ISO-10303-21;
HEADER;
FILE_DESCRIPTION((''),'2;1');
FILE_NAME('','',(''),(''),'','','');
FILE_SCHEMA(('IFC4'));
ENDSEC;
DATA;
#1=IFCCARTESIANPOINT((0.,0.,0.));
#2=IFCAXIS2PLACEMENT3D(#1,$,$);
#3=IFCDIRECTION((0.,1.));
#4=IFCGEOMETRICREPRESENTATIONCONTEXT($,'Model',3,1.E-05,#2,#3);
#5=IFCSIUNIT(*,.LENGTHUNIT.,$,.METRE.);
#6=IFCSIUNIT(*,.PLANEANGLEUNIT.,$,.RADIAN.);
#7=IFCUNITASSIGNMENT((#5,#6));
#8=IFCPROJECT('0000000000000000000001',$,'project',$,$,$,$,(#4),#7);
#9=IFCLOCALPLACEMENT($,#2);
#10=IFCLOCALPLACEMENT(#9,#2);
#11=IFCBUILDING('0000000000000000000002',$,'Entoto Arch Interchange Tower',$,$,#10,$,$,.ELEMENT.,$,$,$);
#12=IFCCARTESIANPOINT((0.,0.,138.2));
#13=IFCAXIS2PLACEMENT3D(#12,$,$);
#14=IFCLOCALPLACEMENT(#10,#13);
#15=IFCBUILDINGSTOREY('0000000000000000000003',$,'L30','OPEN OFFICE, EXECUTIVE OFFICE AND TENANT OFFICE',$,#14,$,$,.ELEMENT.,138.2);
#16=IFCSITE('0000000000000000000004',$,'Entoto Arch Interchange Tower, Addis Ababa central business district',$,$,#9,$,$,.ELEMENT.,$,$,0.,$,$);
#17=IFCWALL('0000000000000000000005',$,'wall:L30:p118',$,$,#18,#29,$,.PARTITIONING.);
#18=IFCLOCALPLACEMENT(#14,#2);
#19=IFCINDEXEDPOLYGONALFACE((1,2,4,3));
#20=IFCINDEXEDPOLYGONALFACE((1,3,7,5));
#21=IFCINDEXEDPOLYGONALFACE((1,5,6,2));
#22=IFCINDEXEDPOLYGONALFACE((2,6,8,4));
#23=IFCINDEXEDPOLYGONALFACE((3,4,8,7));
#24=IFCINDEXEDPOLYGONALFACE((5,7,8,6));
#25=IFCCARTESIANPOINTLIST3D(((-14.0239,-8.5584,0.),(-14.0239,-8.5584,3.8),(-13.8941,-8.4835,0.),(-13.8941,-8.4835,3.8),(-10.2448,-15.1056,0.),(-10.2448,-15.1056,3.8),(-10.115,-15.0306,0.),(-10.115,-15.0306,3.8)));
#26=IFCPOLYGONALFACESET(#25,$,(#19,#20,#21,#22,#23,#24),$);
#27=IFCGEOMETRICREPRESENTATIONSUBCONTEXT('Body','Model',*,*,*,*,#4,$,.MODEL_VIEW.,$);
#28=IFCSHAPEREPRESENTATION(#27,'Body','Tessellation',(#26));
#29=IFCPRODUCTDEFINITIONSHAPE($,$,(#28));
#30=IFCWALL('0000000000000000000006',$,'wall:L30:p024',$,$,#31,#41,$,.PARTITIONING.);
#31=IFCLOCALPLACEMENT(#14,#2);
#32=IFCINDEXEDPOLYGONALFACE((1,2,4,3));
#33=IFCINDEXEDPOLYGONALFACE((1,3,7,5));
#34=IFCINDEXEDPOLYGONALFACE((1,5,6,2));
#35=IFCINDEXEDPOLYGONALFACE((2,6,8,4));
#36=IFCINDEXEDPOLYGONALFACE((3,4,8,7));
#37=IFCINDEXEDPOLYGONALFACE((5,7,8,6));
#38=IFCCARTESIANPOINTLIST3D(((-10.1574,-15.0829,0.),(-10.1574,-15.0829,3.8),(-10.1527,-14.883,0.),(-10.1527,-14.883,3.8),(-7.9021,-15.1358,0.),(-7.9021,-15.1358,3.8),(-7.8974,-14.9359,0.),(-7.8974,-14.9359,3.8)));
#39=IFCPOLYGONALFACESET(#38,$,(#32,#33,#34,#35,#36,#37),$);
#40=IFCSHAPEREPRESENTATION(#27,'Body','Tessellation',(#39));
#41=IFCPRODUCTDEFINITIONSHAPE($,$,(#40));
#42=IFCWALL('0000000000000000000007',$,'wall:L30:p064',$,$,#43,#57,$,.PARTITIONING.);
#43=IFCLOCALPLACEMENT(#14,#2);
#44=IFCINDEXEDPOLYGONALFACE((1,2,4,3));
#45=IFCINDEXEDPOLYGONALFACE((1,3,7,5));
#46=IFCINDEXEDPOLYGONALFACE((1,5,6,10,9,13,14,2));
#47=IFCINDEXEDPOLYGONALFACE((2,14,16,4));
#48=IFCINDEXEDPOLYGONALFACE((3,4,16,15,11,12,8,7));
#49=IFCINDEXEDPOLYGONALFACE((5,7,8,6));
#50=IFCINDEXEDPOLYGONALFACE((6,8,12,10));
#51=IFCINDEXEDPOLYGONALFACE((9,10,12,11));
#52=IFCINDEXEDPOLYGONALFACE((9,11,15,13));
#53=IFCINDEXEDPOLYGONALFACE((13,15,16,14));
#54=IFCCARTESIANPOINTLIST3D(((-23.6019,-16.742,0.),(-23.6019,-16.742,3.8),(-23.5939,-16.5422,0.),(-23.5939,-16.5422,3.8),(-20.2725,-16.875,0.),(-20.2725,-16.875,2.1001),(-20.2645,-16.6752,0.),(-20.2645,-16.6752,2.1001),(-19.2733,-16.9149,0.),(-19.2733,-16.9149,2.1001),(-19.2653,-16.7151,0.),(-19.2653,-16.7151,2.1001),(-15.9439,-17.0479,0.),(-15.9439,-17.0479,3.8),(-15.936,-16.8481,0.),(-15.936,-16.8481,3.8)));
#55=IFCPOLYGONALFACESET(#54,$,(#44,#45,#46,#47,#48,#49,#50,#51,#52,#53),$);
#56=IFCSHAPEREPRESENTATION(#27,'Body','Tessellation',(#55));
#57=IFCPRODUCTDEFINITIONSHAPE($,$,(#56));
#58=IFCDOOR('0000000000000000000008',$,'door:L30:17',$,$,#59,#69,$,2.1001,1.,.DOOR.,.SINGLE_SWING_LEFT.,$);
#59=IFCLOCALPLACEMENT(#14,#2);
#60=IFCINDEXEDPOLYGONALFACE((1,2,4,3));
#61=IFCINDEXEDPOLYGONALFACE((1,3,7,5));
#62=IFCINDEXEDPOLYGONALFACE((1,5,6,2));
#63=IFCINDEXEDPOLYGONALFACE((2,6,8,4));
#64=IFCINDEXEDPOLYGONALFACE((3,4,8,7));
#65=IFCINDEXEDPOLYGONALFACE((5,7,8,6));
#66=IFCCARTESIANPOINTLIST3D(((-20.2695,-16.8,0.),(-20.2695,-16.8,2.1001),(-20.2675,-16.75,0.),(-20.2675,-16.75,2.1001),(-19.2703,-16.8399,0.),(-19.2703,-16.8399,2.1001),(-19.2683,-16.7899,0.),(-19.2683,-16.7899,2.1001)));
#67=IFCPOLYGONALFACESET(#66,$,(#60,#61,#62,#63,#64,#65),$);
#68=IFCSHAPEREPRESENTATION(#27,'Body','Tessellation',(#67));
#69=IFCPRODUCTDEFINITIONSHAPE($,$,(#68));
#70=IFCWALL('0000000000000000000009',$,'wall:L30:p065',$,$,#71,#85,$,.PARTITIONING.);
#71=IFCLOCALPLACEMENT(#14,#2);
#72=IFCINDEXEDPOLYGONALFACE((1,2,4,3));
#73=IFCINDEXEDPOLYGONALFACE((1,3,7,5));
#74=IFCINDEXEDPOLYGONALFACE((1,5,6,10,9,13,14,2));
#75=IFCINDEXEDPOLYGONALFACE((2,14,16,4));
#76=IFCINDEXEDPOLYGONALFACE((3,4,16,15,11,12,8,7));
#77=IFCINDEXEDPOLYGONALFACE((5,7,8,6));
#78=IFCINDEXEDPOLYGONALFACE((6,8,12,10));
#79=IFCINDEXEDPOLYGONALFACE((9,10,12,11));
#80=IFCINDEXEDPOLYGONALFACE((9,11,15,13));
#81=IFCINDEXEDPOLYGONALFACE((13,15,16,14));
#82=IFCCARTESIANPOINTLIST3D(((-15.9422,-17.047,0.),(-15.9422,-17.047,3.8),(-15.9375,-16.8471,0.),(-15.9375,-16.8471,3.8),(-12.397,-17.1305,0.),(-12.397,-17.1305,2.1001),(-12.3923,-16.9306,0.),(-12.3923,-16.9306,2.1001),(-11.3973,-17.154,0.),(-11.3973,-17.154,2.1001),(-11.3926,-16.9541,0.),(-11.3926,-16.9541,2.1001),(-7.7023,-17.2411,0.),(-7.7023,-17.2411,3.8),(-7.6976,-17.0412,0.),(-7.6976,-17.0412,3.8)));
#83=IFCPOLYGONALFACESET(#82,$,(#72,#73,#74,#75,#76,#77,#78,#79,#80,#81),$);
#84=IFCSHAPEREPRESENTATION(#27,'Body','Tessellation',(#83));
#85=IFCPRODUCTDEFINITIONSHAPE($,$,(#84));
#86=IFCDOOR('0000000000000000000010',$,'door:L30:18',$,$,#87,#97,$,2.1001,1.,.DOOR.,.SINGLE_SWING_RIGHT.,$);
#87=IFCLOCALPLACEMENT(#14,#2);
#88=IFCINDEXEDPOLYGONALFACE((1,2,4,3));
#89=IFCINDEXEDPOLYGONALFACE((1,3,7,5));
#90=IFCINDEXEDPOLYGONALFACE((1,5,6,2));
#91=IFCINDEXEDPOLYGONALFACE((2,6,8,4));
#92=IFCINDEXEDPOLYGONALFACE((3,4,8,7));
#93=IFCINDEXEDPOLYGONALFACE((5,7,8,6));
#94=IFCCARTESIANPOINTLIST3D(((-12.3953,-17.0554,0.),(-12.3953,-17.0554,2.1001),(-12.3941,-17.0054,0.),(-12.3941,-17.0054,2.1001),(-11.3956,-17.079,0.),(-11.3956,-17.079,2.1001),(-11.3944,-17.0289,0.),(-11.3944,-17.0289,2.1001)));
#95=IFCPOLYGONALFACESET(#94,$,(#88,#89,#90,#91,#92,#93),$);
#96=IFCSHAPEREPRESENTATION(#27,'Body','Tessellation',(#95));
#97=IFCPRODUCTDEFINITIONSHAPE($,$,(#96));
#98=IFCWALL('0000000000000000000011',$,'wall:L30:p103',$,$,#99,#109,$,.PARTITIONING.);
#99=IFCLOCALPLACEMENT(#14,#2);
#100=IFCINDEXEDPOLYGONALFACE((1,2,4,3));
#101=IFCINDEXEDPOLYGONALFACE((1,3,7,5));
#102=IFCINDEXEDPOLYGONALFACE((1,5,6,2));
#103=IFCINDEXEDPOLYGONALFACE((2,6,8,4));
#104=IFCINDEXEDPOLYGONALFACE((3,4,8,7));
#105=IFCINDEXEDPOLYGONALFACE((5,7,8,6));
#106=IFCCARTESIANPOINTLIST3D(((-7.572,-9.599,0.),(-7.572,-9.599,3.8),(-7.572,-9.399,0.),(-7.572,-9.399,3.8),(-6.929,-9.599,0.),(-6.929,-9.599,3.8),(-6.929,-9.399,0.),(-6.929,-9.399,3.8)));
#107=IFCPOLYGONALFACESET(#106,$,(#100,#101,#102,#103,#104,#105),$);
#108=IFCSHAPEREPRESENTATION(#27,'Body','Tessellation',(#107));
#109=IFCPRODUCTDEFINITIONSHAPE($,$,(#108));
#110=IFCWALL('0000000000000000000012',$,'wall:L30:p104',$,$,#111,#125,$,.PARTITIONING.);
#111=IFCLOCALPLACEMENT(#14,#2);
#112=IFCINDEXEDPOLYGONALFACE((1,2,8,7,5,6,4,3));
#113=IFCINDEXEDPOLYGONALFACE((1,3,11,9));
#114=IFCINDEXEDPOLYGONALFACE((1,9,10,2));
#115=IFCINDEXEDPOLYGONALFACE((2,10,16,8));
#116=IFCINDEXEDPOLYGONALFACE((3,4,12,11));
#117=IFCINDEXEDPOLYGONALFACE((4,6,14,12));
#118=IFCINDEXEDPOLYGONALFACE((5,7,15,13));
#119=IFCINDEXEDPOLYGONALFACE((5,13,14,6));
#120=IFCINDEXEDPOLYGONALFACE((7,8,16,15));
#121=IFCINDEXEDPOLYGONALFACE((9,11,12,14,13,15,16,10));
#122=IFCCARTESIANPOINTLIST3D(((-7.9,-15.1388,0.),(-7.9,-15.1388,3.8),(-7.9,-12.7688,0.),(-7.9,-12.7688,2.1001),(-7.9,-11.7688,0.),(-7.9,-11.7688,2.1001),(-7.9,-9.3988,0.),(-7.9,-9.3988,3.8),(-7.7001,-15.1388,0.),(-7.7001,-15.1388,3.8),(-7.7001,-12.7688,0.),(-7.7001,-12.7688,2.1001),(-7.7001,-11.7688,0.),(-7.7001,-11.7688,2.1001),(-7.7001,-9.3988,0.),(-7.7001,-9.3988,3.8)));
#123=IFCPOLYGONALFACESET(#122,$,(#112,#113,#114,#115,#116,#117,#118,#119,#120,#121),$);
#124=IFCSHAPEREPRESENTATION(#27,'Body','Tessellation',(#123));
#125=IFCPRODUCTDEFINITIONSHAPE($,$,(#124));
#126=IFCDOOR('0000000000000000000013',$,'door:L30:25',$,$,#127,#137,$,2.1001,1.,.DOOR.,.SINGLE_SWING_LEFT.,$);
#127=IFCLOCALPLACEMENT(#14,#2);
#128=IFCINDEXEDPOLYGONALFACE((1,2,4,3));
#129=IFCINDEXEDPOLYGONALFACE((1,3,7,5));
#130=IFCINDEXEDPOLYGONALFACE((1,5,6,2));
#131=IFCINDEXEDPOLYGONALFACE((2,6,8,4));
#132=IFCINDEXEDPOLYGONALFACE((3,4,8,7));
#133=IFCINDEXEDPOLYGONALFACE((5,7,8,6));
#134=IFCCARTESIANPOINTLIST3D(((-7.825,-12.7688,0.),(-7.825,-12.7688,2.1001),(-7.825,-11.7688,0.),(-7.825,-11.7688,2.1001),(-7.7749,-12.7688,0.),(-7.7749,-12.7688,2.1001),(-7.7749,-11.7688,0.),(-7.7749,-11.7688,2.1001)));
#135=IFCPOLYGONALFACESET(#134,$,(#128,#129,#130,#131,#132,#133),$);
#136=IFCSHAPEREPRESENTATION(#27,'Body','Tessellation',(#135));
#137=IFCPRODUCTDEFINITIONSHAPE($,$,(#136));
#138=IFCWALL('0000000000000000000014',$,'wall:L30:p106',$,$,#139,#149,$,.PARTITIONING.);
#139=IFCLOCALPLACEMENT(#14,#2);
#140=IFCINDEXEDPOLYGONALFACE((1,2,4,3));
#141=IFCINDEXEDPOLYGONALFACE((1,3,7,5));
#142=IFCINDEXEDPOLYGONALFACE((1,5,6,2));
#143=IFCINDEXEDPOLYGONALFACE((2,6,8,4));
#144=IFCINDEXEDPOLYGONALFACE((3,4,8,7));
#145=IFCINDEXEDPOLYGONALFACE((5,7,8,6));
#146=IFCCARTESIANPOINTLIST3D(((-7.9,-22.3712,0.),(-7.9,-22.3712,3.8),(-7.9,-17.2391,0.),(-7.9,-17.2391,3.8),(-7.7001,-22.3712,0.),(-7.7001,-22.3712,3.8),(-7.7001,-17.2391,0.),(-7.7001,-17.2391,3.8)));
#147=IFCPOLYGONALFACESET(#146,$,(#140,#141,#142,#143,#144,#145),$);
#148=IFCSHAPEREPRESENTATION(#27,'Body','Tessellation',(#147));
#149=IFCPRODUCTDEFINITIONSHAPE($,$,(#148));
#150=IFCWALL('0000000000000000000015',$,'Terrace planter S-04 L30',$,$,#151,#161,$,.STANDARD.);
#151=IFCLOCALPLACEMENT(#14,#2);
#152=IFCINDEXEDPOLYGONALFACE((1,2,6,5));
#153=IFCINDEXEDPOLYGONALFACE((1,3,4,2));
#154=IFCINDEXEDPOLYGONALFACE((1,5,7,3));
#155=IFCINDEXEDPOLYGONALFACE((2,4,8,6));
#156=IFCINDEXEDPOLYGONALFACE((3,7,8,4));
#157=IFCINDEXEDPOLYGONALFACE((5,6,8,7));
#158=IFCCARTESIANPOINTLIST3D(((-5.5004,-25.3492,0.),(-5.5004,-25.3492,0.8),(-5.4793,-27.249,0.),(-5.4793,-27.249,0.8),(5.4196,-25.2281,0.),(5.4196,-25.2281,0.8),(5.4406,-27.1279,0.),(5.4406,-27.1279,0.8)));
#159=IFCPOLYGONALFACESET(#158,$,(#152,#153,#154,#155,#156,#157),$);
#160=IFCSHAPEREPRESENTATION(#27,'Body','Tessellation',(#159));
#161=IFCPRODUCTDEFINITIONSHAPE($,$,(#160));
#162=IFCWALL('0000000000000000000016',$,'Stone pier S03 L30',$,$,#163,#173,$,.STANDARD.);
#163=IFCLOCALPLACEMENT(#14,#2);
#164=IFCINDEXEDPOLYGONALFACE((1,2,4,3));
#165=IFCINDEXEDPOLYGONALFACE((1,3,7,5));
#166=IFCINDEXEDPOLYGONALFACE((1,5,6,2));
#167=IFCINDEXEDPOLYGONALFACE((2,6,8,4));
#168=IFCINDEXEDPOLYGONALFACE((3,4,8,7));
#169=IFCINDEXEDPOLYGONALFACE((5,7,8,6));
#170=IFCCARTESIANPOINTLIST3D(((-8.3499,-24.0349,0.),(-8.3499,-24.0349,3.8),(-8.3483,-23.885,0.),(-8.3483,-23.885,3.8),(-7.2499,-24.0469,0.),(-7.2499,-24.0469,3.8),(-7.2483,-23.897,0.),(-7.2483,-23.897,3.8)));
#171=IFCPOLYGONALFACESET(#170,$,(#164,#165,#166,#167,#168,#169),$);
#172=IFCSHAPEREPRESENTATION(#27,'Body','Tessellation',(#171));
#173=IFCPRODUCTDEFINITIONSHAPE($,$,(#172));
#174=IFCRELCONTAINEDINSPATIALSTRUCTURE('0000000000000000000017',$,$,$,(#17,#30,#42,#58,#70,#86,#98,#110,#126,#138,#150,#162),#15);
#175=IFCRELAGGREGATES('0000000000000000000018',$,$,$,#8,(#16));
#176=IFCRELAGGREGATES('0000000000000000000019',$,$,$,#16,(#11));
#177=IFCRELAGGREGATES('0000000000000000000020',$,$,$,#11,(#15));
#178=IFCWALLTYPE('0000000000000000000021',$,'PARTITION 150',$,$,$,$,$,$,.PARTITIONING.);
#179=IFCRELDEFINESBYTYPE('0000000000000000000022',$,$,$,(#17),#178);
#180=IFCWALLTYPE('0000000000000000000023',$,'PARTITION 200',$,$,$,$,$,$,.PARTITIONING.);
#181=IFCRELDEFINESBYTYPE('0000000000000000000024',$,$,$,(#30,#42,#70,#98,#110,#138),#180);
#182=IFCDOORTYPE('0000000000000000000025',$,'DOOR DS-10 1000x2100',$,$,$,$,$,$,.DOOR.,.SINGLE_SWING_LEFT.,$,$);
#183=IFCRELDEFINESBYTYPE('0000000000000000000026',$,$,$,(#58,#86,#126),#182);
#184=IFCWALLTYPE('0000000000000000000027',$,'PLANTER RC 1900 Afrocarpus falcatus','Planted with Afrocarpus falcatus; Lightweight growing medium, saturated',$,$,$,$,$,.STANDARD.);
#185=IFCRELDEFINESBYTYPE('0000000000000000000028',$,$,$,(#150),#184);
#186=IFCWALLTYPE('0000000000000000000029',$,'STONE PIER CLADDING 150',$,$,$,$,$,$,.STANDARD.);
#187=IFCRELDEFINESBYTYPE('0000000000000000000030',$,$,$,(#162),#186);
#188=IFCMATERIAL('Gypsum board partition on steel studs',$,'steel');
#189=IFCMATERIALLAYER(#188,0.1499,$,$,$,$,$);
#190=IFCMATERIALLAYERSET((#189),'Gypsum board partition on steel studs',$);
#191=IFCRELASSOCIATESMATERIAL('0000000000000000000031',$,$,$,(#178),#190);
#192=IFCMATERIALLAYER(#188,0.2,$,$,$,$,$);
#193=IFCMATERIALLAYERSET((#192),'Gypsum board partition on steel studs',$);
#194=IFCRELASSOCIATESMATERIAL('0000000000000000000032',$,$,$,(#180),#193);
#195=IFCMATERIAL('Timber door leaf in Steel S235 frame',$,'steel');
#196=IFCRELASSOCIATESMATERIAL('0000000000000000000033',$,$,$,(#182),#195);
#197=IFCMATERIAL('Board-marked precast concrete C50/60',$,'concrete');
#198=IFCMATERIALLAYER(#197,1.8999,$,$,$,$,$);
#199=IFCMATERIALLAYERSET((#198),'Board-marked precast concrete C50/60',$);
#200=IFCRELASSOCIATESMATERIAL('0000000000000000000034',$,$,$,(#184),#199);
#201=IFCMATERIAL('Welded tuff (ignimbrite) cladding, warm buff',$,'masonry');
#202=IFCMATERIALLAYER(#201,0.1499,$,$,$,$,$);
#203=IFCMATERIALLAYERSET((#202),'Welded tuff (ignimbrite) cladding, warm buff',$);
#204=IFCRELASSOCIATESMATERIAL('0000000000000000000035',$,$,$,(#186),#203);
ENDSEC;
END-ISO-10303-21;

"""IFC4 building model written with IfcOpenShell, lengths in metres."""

from ifc_helpers import new_model, si_unit, direction, frame, frame_2d, origin, place, context, subcontext, project, spatial, rectangle, extrude, material, layer, layer_set, type_object, element, fill, save


model = new_model("IFC4")

# Units and contexts
model_context = context("Model", 3, precision=1e-05, world=origin(), true_north=direction((0.0, 1.0)))
body_context = subcontext(model_context, "Body", "Model", "MODEL_VIEW")
ifc_project = project(units=[si_unit("LENGTHUNIT", "METRE"), si_unit("PLANEANGLEUNIT", "RADIAN")], contexts=[model_context])

# Site, building, storey
site_placement = place(None, origin())
site = spatial("IfcSite", under=ifc_project, at=site_placement, Name="Entoto Arch Interchange Tower, Addis Ababa central business district", CompositionType="ELEMENT", RefElevation=0.0)
building_placement = place(site_placement, origin())
building = spatial("IfcBuilding", under=site, at=building_placement, Name="Entoto Arch Interchange Tower", CompositionType="ELEMENT")
storey_placement = place(building_placement, frame((0.0, 0.0, 138.2)))
storey = spatial("IfcBuildingStorey", under=building, at=storey_placement, Name="L30", Description="OPEN OFFICE, EXECUTIVE OFFICE AND TENANT OFFICE", CompositionType="ELEMENT", Elevation=138.2)

# Walls
ifc_material_1 = material(Name="Gypsum board partition on steel studs", Category="steel")
ifc_layer_1 = layer(ifc_material_1, 0.1499)
ifc_layer_set_1 = layer_set([ifc_layer_1], Name="Gypsum board partition on steel studs")
wall_type_1 = type_object("IfcWallType", Name="PARTITION 150", PredefinedType="PARTITIONING", material=ifc_layer_set_1)
wall_1_placement = place(storey_placement, frame((-10.1799, -15.0681, 0.0), z_axis=(0.0, 0.0, 1.0), x_axis=(-0.499908, 0.866079, 0.0)))
element("IfcWall", 1, at=wall_1_placement, inside=storey, type_object=wall_type_1, Name="wall:L30:p118", PredefinedType="PARTITIONING", context=body_context, shape_type="SweptSolid", body=[
    extrude(rectangle(XDim=7.5596, YDim=0.1499, at=frame_2d((3.7798, 0.0))), origin(), (0.0, 0.0, 1.0), 3.8),
])
ifc_layer_2 = layer(ifc_material_1, 0.2)
ifc_layer_set_2 = layer_set([ifc_layer_2], Name="Gypsum board partition on steel studs")
wall_type_2 = type_object("IfcWallType", Name="PARTITION 200", PredefinedType="PARTITIONING", material=ifc_layer_set_2)
wall_2_placement = place(storey_placement, frame((-10.155, -14.9829, 0.0), z_axis=(0.0, 0.0, 1.0), x_axis=(0.999724, -0.023486, 0.0)))
element("IfcWall", 2, at=wall_2_placement, inside=storey, type_object=wall_type_2, Name="wall:L30:p024", PredefinedType="PARTITIONING", context=body_context, shape_type="SweptSolid", body=[
    extrude(rectangle(XDim=2.2559, YDim=0.2, at=frame_2d((1.1279, 0.0))), origin(), (0.0, 0.0, 1.0), 3.8),
])

# Walls, openings, doors
wall_3_placement = place(storey_placement, frame((-15.9399, -16.948, 0.0), z_axis=(0.0, 0.0, 1.0), x_axis=(-0.999203, 0.039915, 0.0)))
wall_3 = element("IfcWall", 3, at=wall_3_placement, inside=storey, type_object=wall_type_2, Name="wall:L30:p064", PredefinedType="PARTITIONING", context=body_context, shape_type="SweptSolid", body=[
    extrude(rectangle(XDim=7.6641, YDim=0.2, at=frame_2d((3.832, 0.0))), origin(), (0.0, 0.0, 1.0), 3.8),
])
opening_1_placement = place(wall_3_placement, frame((3.332, 0.0, 0.0)))
opening_1 = element("IfcOpeningElement", 4, at=opening_1_placement, cuts=wall_3, PredefinedType="OPENING", context=body_context, shape_type="SweptSolid", body=[
    extrude(rectangle(XDim=1.0, YDim=2.1001, at=frame_2d((0.5, 1.05))), frame((0.0, 0.1099, 0.0), z_axis=(0.0, -1.0, 0.0), x_axis=(1.0, 0.0, 0.0)), (0.0, 0.0, 1.0), 0.22),
])
ifc_material_2 = material(Name="Timber door leaf in Steel S235 frame", Category="steel")
door_type_1 = type_object("IfcDoorType", Name="DOOR DS-10 1000x2100", OperationType="SINGLE_SWING_LEFT", PredefinedType="DOOR", material=ifc_material_2)
door_1_placement = place(opening_1_placement, origin())
door_1 = element("IfcDoor", 5, at=door_1_placement, inside=storey, type_object=door_type_1, Name="door:L30:17", OperationType="SINGLE_SWING_LEFT", OverallHeight=2.1001, OverallWidth=1.0, PredefinedType="DOOR", context=body_context, shape_type="SweptSolid", body=[
    extrude(rectangle(XDim=1.0, YDim=2.1001, at=frame_2d((0.5, 1.05))), frame((0.0, 0.0249, 0.0), z_axis=(0.0, -1.0, 0.0), x_axis=(1.0, 0.0, 0.0)), (0.0, 0.0, 1.0), 0.05),
])
fill(opening_1, door_1)
wall_4_placement = place(storey_placement, frame((-7.7, -17.1411, 0.0), z_axis=(0.0, 0.0, 1.0), x_axis=(-0.999723, 0.023548, 0.0)))
wall_4 = element("IfcWall", 6, at=wall_4_placement, inside=storey, type_object=wall_type_2, Name="wall:L30:p065", PredefinedType="PARTITIONING", context=body_context, shape_type="SweptSolid", body=[
    extrude(rectangle(XDim=8.2422, YDim=0.2, at=frame_2d((4.1211, 0.0))), origin(), (0.0, 0.0, 1.0), 3.8),
])
opening_2_placement = place(wall_4_placement, frame((3.696, 0.0, 0.0)))
opening_2 = element("IfcOpeningElement", 7, at=opening_2_placement, cuts=wall_4, PredefinedType="OPENING", context=body_context, shape_type="SweptSolid", body=[
    extrude(rectangle(XDim=1.0, YDim=2.1001, at=frame_2d((0.5, 1.05))), frame((0.0, 0.1099, 0.0), z_axis=(0.0, -1.0, 0.0), x_axis=(1.0, 0.0, 0.0)), (0.0, 0.0, 1.0), 0.22),
])
door_2_placement = place(opening_2_placement, origin())
door_2 = element("IfcDoor", 8, at=door_2_placement, inside=storey, type_object=door_type_1, Name="door:L30:18", OperationType="SINGLE_SWING_RIGHT", OverallHeight=2.1001, OverallWidth=1.0, PredefinedType="DOOR", context=body_context, shape_type="SweptSolid", body=[
    extrude(rectangle(XDim=1.0, YDim=2.1001, at=frame_2d((0.5, 1.05))), frame((0.0, 0.0249, 0.0), z_axis=(0.0, -1.0, 0.0), x_axis=(1.0, 0.0, 0.0)), (0.0, 0.0, 1.0), 0.05),
])
fill(opening_2, door_2)

# Wall
wall_5_placement = place(storey_placement, frame((-7.572, -9.499, 0.0), z_axis=(0.0, 0.0, 1.0), x_axis=(1.0, 0.0, 0.0)))
element("IfcWall", 9, at=wall_5_placement, inside=storey, type_object=wall_type_2, Name="wall:L30:p103", PredefinedType="PARTITIONING", context=body_context, shape_type="SweptSolid", body=[
    extrude(rectangle(XDim=0.6431, YDim=0.2, at=frame_2d((0.3215, 0.0))), origin(), (0.0, 0.0, 1.0), 3.8),
])

# Wall, opening, door
wall_6_placement = place(storey_placement, frame((-7.8, -15.1389, 0.0), z_axis=(0.0, 0.0, 1.0), x_axis=(0.0, 1.0, 0.0)))
wall_6 = element("IfcWall", 10, at=wall_6_placement, inside=storey, type_object=wall_type_2, Name="wall:L30:p104", PredefinedType="PARTITIONING", context=body_context, shape_type="SweptSolid", body=[
    extrude(rectangle(XDim=5.74, YDim=0.2, at=frame_2d((2.8701, 0.0))), origin(), (0.0, 0.0, 1.0), 3.8),
])
opening_3_placement = place(wall_6_placement, frame((2.3701, 0.0, 0.0)))
opening_3 = element("IfcOpeningElement", 11, at=opening_3_placement, cuts=wall_6, PredefinedType="OPENING", context=body_context, shape_type="SweptSolid", body=[
    extrude(rectangle(XDim=1.0, YDim=2.1001, at=frame_2d((0.5, 1.05))), frame((0.0, 0.1099, 0.0), z_axis=(0.0, -1.0, 0.0), x_axis=(1.0, 0.0, 0.0)), (0.0, 0.0, 1.0), 0.22),
])
door_3_placement = place(opening_3_placement, origin())
door_3 = element("IfcDoor", 12, at=door_3_placement, inside=storey, type_object=door_type_1, Name="door:L30:25", OperationType="SINGLE_SWING_LEFT", OverallHeight=2.1001, OverallWidth=1.0, PredefinedType="DOOR", context=body_context, shape_type="SweptSolid", body=[
    extrude(rectangle(XDim=1.0, YDim=2.1001, at=frame_2d((0.5, 1.05))), frame((0.0, 0.0249, 0.0), z_axis=(0.0, -1.0, 0.0), x_axis=(1.0, 0.0, 0.0)), (0.0, 0.0, 1.0), 0.05),
])
fill(opening_3, door_3)

# Walls
wall_7_placement = place(storey_placement, frame((-7.8, -22.3711, 0.0), z_axis=(0.0, 0.0, 1.0), x_axis=(0.0, 1.0, 0.0)))
element("IfcWall", 13, at=wall_7_placement, inside=storey, type_object=wall_type_2, Name="wall:L30:p106", PredefinedType="PARTITIONING", context=body_context, shape_type="SweptSolid", body=[
    extrude(rectangle(XDim=5.1321, YDim=0.2, at=frame_2d((2.5659, 0.0))), origin(), (0.0, 0.0, 1.0), 3.8),
])
ifc_material_3 = material(Name="Board-marked precast concrete C50/60", Category="concrete")
ifc_layer_3 = layer(ifc_material_3, 1.8999)
ifc_layer_set_3 = layer_set([ifc_layer_3], Name="Board-marked precast concrete C50/60")
wall_type_3 = type_object("IfcWallType", Name="PLANTER RC 1900 Afrocarpus falcatus", Description="Planted with Afrocarpus falcatus; Lightweight growing medium, saturated", PredefinedType="STANDARD", material=ifc_layer_set_3)
wall_8_placement = place(storey_placement, frame((-5.49, -26.2991, 0.0), z_axis=(0.0, 0.0, 1.0), x_axis=(0.999939, 0.011089, 0.0)))
element("IfcWall", 14, at=wall_8_placement, inside=storey, type_object=wall_type_3, Name="Terrace planter S-04 L30", PredefinedType="STANDARD", context=body_context, shape_type="SweptSolid", body=[
    extrude(rectangle(XDim=10.9207, YDim=1.8999, at=frame_2d((5.4604, 0.0))), origin(), (0.0, 0.0, 1.0), 0.8),
])

# Shared definitions
ifc_material_4 = material(Name="Welded tuff (ignimbrite) cladding, warm buff", Category="masonry")

# Wall
ifc_layer_4 = layer(ifc_material_4, 0.1499)
ifc_layer_set_4 = layer_set([ifc_layer_4], Name="Welded tuff (ignimbrite) cladding, warm buff")
wall_type_4 = type_object("IfcWallType", Name="STONE PIER CLADDING 150", PredefinedType="STANDARD", material=ifc_layer_set_4)
wall_9_placement = place(storey_placement, frame((-8.3491, -23.96, 0.0), z_axis=(0.0, 0.0, 1.0), x_axis=(0.999941, -0.010874, 0.0)))
element("IfcWall", 15, at=wall_9_placement, inside=storey, type_object=wall_type_4, Name="Stone pier S03 L30", PredefinedType="STANDARD", context=body_context, shape_type="SweptSolid", body=[
    extrude(rectangle(XDim=1.1001, YDim=0.1499, at=frame_2d((0.55, 0.0))), origin(), (0.0, 0.0, 1.0), 3.8),
])

save(model, "model.ifc")
